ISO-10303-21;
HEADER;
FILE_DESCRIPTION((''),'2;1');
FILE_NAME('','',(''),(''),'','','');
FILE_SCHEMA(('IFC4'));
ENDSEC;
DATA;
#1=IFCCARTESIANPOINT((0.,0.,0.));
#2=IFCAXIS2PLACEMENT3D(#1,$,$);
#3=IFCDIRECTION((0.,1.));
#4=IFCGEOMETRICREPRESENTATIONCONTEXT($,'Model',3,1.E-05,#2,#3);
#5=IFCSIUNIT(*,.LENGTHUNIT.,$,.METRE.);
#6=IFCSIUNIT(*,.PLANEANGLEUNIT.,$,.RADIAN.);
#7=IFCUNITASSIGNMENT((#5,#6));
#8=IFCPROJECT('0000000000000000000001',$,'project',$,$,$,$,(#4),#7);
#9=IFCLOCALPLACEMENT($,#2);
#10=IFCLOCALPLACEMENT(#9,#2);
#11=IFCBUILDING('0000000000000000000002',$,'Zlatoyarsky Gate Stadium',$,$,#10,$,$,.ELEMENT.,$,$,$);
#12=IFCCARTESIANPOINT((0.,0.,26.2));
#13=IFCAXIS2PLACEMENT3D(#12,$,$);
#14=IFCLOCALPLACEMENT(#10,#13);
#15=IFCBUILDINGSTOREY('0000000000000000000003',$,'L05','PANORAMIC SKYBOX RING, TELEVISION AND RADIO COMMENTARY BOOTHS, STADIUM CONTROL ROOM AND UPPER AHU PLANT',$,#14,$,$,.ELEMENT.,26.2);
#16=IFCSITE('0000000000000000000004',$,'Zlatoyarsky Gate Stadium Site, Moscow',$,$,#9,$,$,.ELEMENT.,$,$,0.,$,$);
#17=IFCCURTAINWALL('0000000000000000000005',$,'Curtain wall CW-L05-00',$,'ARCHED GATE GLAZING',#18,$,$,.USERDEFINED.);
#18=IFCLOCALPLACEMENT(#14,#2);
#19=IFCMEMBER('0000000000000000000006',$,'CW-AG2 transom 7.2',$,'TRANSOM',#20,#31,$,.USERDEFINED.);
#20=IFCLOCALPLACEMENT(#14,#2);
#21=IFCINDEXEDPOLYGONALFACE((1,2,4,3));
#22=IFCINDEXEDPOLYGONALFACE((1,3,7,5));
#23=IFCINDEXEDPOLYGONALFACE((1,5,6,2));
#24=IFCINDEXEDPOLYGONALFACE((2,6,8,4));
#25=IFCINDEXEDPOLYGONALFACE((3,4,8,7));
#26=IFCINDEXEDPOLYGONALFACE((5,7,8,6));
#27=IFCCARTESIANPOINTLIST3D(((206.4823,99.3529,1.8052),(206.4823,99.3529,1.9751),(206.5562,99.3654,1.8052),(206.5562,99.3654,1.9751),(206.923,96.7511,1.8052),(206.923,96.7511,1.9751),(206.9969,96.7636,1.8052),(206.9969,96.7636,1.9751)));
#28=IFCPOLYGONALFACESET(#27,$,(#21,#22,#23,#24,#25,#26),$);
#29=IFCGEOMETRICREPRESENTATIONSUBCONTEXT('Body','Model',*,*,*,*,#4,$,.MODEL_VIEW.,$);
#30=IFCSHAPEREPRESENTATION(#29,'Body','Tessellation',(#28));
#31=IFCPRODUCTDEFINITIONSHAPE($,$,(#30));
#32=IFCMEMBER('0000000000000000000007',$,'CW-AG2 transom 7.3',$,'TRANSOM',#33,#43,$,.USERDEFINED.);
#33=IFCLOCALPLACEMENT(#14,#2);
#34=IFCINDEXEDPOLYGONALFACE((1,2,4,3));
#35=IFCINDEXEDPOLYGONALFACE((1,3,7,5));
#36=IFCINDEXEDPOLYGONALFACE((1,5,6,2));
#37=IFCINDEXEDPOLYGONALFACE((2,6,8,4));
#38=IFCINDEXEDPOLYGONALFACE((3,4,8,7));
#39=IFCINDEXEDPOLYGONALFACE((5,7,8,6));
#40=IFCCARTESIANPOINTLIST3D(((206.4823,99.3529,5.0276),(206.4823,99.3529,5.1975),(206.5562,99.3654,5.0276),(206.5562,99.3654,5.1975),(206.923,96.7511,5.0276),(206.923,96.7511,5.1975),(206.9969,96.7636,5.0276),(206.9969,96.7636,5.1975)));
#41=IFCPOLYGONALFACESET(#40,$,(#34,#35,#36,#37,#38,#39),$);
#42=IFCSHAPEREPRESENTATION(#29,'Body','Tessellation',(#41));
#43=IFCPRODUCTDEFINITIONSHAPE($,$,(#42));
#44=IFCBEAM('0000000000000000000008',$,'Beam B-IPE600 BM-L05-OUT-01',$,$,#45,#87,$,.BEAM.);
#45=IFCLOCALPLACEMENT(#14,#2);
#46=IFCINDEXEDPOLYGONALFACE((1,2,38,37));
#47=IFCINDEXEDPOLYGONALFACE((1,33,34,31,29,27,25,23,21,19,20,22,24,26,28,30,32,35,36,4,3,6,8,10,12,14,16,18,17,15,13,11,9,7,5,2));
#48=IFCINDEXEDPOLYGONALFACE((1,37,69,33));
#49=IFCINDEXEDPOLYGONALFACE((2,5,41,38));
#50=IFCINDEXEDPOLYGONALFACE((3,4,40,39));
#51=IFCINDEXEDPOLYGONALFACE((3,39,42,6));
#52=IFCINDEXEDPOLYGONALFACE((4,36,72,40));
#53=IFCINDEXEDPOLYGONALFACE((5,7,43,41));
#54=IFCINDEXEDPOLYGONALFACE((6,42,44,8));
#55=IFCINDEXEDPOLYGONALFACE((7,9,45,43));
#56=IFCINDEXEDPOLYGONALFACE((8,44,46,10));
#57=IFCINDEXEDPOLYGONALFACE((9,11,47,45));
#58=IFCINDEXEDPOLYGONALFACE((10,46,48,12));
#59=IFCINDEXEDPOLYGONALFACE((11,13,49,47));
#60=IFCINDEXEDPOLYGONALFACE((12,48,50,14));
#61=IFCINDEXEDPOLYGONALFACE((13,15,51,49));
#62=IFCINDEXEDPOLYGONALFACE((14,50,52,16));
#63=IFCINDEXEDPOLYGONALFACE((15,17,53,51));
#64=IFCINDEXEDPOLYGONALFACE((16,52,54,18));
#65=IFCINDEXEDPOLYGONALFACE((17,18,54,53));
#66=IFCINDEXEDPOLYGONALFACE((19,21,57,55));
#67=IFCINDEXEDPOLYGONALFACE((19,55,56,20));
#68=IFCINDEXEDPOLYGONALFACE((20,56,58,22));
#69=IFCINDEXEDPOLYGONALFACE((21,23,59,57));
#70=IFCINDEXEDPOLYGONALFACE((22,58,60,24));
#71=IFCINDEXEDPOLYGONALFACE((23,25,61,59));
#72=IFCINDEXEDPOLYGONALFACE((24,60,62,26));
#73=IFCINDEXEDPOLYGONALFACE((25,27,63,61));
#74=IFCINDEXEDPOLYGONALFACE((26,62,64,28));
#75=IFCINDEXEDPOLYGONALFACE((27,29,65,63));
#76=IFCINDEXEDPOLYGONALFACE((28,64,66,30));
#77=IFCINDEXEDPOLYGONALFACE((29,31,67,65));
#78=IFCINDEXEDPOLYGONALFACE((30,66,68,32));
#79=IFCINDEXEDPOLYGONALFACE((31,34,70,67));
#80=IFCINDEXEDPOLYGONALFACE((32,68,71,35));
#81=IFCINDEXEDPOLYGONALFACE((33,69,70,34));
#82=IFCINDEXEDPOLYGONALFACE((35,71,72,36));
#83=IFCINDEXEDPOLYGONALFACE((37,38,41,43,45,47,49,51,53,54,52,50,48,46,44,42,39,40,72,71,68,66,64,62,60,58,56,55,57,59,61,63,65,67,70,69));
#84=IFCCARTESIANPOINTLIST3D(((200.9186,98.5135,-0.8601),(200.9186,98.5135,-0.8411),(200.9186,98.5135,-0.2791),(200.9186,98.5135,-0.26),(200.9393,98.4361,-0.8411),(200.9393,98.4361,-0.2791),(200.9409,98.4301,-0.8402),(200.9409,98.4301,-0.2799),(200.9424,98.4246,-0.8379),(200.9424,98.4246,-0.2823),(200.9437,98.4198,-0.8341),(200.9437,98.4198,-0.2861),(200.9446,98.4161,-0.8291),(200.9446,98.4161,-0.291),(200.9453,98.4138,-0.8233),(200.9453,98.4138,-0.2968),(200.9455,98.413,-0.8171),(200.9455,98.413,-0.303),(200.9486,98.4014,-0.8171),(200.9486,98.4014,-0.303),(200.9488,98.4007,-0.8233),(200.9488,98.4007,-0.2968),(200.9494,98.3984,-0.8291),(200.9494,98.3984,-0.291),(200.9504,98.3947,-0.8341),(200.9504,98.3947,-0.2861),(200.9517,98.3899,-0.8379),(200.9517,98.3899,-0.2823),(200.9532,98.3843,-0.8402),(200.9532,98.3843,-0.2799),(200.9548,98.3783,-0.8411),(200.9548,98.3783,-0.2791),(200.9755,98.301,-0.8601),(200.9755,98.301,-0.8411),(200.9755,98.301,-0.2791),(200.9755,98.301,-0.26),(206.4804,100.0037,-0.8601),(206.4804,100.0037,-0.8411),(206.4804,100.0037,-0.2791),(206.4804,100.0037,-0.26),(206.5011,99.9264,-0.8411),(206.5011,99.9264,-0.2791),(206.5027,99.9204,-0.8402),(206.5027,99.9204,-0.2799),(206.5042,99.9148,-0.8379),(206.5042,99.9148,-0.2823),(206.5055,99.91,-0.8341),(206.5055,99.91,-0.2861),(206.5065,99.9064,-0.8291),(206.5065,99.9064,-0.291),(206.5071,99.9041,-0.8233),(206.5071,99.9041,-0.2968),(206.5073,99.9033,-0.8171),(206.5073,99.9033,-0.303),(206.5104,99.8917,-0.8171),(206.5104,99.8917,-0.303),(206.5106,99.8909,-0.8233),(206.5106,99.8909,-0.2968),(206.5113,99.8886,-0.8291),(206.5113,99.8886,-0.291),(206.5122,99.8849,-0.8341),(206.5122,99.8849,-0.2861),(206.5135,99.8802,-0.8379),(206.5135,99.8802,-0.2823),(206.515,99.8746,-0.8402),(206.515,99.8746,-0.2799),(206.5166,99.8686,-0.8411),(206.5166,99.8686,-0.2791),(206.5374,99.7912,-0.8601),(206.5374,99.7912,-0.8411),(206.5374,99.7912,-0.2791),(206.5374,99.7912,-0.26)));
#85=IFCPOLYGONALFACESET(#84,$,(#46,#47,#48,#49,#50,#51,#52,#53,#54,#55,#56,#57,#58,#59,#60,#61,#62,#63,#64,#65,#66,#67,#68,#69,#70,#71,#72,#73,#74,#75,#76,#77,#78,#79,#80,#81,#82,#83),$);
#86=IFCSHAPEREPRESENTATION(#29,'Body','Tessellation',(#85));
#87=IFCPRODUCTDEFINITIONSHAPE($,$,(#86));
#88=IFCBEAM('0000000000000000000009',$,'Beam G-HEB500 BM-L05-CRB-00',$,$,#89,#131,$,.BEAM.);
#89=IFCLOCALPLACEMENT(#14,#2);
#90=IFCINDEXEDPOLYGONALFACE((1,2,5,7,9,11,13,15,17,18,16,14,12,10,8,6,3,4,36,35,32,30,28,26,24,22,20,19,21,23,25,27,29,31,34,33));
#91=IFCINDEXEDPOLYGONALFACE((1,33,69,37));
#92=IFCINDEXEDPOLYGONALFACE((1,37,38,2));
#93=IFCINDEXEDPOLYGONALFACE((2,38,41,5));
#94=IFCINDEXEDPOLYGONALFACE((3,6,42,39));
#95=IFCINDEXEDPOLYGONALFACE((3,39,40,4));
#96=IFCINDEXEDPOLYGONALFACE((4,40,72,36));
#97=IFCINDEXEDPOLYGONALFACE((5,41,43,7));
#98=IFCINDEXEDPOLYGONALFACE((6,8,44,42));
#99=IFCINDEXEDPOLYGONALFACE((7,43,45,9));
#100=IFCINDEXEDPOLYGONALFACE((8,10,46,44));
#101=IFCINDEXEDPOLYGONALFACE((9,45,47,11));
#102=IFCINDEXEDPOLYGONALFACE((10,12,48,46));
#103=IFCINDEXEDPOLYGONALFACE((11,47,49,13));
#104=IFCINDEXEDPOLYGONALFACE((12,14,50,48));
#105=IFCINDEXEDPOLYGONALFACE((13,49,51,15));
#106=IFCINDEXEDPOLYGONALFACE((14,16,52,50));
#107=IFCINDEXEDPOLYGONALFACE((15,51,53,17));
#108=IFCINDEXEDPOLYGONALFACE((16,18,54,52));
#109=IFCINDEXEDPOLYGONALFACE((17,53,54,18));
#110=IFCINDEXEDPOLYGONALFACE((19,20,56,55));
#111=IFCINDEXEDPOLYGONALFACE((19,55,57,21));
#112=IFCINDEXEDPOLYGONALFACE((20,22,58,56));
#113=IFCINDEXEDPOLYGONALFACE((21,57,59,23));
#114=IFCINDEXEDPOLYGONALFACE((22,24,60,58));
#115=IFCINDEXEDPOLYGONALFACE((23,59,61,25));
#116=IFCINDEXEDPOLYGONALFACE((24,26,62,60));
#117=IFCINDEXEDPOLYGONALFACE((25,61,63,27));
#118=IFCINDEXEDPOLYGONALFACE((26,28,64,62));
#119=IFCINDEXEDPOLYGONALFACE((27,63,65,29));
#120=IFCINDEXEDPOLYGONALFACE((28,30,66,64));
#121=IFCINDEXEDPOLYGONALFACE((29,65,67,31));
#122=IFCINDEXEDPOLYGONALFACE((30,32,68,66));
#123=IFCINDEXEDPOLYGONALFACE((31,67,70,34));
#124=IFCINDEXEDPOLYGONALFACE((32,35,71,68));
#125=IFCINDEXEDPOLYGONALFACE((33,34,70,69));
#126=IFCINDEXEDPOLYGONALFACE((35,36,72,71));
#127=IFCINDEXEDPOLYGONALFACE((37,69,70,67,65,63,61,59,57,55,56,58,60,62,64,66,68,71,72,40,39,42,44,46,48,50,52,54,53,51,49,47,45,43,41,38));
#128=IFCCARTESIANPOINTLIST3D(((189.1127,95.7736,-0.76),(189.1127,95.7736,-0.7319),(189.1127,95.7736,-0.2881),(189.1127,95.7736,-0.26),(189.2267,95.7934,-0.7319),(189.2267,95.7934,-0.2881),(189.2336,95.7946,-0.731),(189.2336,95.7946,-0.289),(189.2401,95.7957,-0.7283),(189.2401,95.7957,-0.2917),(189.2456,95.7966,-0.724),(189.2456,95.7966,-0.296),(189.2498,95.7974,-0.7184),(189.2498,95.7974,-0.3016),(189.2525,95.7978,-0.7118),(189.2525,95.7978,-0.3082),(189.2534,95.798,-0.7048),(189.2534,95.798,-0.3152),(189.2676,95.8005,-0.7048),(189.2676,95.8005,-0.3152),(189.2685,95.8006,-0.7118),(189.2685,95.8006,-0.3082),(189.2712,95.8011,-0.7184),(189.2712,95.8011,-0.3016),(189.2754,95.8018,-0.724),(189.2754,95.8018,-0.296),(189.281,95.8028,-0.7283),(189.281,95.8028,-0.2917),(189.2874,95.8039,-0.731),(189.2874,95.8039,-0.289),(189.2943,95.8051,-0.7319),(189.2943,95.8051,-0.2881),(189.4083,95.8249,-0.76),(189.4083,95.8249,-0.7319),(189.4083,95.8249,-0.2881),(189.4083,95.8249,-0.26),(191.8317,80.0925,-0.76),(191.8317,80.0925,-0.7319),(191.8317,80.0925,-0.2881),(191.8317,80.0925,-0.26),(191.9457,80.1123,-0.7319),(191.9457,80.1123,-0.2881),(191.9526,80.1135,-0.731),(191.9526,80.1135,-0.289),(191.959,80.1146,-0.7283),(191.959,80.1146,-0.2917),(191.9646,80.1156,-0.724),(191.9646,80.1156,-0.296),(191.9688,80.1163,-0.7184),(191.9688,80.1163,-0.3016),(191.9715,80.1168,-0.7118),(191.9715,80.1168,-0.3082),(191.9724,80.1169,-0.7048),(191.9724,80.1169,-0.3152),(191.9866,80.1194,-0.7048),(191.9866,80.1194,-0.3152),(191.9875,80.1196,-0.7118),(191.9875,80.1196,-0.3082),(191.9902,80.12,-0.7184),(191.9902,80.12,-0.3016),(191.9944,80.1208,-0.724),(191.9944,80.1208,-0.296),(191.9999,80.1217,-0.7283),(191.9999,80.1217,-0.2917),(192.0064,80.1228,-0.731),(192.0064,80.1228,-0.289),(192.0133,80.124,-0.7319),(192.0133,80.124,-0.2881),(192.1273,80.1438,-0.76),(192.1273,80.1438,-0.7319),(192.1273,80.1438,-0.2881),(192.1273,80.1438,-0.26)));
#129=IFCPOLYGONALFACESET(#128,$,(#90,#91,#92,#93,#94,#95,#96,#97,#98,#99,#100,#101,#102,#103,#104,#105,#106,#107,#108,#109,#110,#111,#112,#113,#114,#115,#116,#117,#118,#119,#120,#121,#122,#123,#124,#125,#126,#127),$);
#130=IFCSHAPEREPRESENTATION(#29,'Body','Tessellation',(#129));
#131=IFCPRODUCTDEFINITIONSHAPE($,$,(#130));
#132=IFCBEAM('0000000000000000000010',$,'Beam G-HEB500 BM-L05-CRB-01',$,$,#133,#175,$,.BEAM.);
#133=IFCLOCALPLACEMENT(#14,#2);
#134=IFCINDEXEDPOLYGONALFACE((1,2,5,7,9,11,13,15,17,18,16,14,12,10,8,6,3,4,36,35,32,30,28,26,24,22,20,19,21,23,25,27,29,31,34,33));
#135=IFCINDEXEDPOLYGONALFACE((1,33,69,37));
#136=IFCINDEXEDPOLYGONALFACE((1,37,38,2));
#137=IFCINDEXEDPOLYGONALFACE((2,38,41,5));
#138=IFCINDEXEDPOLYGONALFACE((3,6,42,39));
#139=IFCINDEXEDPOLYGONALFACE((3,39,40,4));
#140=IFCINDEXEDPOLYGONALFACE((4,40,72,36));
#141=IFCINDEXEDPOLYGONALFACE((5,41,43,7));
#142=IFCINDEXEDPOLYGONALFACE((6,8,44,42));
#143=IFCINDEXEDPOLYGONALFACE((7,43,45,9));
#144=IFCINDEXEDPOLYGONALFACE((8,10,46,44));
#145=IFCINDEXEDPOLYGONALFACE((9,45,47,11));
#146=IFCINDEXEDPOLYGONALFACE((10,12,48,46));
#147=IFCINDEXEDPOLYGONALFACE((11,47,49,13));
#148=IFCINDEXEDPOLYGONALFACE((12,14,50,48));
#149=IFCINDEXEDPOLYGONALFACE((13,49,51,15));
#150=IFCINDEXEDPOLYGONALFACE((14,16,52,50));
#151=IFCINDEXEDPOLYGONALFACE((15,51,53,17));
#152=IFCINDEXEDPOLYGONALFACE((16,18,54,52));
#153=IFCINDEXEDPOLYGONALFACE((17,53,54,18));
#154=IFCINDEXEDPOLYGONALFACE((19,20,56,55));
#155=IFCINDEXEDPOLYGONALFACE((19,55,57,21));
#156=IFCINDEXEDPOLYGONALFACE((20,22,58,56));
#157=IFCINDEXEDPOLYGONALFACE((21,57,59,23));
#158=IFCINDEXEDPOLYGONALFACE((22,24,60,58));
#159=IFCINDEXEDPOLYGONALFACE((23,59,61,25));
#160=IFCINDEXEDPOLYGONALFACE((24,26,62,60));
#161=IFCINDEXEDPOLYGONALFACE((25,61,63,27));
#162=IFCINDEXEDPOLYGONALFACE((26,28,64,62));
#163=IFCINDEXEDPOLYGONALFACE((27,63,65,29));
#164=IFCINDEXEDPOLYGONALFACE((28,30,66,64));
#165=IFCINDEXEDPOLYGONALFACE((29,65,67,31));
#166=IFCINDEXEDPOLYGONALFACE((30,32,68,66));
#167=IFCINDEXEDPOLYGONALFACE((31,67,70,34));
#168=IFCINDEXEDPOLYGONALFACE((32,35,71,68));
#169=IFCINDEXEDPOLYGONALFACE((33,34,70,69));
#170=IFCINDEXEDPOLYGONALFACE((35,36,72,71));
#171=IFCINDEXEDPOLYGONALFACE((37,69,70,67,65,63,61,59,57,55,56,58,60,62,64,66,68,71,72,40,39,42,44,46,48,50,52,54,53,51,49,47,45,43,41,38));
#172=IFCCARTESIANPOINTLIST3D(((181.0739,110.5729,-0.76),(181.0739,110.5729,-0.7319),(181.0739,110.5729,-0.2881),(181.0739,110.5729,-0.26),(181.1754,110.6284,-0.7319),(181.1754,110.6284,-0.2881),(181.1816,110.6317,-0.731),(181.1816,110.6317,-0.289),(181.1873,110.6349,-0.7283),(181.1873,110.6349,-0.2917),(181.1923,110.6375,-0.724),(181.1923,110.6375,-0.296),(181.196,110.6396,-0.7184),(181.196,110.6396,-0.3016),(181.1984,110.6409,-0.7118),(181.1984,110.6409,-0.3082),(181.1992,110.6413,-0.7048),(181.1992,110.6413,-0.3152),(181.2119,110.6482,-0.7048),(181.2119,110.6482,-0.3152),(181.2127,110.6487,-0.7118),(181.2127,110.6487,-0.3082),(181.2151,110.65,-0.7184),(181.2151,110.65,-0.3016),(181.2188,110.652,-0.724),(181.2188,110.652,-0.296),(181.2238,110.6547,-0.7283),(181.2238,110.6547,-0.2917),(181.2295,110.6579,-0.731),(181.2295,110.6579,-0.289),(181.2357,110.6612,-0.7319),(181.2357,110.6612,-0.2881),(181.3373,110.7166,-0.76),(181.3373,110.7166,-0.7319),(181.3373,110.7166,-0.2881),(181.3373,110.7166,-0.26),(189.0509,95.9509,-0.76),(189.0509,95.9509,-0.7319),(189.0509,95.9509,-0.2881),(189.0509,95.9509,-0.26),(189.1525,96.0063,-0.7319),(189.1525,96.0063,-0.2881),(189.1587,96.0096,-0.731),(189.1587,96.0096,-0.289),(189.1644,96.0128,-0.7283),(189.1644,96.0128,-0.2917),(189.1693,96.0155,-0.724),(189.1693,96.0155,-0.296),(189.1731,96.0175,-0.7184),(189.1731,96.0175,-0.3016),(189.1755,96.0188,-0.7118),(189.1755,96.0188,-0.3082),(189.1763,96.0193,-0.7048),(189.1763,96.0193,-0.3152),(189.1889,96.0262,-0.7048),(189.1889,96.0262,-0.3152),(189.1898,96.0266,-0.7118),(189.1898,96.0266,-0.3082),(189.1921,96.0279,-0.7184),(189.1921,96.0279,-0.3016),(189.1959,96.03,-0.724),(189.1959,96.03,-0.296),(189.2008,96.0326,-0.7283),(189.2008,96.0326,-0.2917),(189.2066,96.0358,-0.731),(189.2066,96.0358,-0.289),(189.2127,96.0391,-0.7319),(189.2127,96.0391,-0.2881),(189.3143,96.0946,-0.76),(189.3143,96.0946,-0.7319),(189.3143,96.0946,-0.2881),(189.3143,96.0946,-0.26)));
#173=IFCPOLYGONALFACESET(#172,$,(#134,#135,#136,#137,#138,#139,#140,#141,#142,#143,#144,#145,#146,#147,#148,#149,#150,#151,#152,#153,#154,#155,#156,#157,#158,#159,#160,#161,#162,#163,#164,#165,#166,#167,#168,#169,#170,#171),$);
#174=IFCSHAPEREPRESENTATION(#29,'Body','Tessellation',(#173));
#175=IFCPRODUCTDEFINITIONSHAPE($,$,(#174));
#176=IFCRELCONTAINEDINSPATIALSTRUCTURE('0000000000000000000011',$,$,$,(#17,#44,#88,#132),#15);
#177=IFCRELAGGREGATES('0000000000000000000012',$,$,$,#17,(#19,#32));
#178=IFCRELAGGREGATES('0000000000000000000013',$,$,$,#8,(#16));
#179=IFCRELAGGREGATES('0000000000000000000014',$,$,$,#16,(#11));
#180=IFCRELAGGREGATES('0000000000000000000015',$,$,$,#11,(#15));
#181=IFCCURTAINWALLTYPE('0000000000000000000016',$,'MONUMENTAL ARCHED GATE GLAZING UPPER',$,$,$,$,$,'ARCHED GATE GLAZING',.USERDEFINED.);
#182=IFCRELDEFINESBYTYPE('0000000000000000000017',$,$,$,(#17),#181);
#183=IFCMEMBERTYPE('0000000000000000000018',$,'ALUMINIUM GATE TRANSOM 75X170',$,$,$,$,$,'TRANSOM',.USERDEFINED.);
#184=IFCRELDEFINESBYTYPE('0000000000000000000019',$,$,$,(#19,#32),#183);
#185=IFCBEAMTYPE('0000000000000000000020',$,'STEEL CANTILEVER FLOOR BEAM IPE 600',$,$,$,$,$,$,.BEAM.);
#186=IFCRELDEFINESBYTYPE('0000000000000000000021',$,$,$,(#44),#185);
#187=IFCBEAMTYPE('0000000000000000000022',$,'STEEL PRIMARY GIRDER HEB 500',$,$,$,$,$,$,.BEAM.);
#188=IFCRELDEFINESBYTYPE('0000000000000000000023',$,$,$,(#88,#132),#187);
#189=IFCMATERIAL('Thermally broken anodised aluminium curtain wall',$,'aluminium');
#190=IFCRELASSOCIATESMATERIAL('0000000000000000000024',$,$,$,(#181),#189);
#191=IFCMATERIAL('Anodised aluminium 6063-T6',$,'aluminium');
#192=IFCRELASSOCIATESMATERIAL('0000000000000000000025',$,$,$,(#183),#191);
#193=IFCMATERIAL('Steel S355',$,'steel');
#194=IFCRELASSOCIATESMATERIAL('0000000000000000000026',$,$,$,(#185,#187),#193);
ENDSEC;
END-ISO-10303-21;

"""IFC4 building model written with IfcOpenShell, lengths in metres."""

from ifc_helpers import new_model, si_unit, direction, frame, origin, origin_2d, place, context, subcontext, project, spatial, rectangle, i_section, extrude, material, material_profile, profile_set, type_object, element, aggregate, save


model = new_model("IFC4")

# Units and contexts
model_context = context("Model", 3, precision=1e-05, world=origin(), true_north=direction((0.0, 1.0)))
body_context = subcontext(model_context, "Body", "Model", "MODEL_VIEW")
ifc_project = project(units=[si_unit("LENGTHUNIT", "METRE"), si_unit("PLANEANGLEUNIT", "RADIAN")], contexts=[model_context])

# Site, building, storey
site_placement = place(None, origin())
site = spatial("IfcSite", under=ifc_project, at=site_placement, Name="Zlatoyarsky Gate Stadium Site, Moscow", CompositionType="ELEMENT", RefElevation=0.0)
building_placement = place(site_placement, origin())
building = spatial("IfcBuilding", under=site, at=building_placement, Name="Zlatoyarsky Gate Stadium", CompositionType="ELEMENT")
storey_placement = place(building_placement, frame((0.0, 0.0, 26.2)))
storey = spatial("IfcBuildingStorey", under=building, at=storey_placement, Name="L05", Description="PANORAMIC SKYBOX RING, TELEVISION AND RADIO COMMENTARY BOOTHS, STADIUM CONTROL ROOM AND UPPER AHU PLANT", CompositionType="ELEMENT", Elevation=26.2)

# Shared definitions
ifc_material_1 = material(Name="Steel S355", Category="steel")

# Curtain wall, members
ifc_material_2 = material(Name="Thermally broken anodised aluminium curtain wall", Category="aluminium")
curtain_wall_type = type_object("IfcCurtainWallType", Name="MONUMENTAL ARCHED GATE GLAZING UPPER", ElementType="ARCHED GATE GLAZING", PredefinedType="USERDEFINED", material=ifc_material_2)
curtain_wall_placement = place(storey_placement, origin())
curtain_wall = element("IfcCurtainWall", 1, at=curtain_wall_placement, inside=storey, type_object=curtain_wall_type, Name="Curtain wall CW-L05-00", ObjectType="ARCHED GATE GLAZING", PredefinedType="USERDEFINED")
ifc_material_3 = material(Name="Anodised aluminium 6063-T6", Category="aluminium")
ifc_material_profile_1 = material_profile(ifc_material_3, rectangle(XDim=0.075, YDim=0.1699, at=origin_2d()), Name="ALU 75X170")
ifc_profile_set_1 = profile_set([ifc_material_profile_1], Name="Anodised aluminium 6063-T6")
member_type_1 = type_object("IfcMemberType", Name="ALUMINIUM GATE TRANSOM 75X170", ElementType="TRANSOM", PredefinedType="USERDEFINED", material=ifc_profile_set_1)
member_1_placement = place(storey_placement, frame((206.96, 96.7573, 1.8901), z_axis=(-0.166994, 0.985958, 0.0), x_axis=(-0.985958, -0.166994, 0.0)))
member_1 = element("IfcMember", 2, at=member_1_placement, type_object=member_type_1, Name="CW-AG2 transom 7.2", ObjectType="TRANSOM", PredefinedType="USERDEFINED", context=body_context, shape_type="SweptSolid", body=[
    extrude(rectangle(XDim=0.075, YDim=0.1699, at=origin_2d()), origin(), (0.0, 0.0, 1.0), 2.6389),
])
member_2_placement = place(storey_placement, frame((206.96, 96.7573, 5.1125), z_axis=(-0.166994, 0.985958, 0.0), x_axis=(-0.985958, -0.166994, 0.0)))
member_2 = element("IfcMember", 3, at=member_2_placement, type_object=member_type_1, Name="CW-AG2 transom 7.3", ObjectType="TRANSOM", PredefinedType="USERDEFINED", context=body_context, shape_type="SweptSolid", body=[
    extrude(rectangle(XDim=0.075, YDim=0.1699, at=origin_2d()), origin(), (0.0, 0.0, 1.0), 2.6389),
])

# Beams
ifc_material_profile_2 = material_profile(ifc_material_1, i_section(OverallWidth=0.22, OverallDepth=0.6001, WebThickness=0.012, FlangeThickness=0.019, FilletRadius=0.0239, at=origin_2d()), Name="IPE 600")
ifc_profile_set_2 = profile_set([ifc_material_profile_2], Name="Steel S355")
beam_type_1 = type_object("IfcBeamType", Name="STEEL CANTILEVER FLOOR BEAM IPE 600", PredefinedType="BEAM", material=ifc_profile_set_2)
beam_1_placement = place(storey_placement, frame((200.947, 98.4072, -0.5601), z_axis=(0.965927, 0.258813, 0.0), x_axis=(-0.258813, 0.965927, 0.0)))
element("IfcBeam", 4, at=beam_1_placement, inside=storey, type_object=beam_type_1, Name="Beam B-IPE600 BM-L05-OUT-01", PredefinedType="BEAM", context=body_context, shape_type="SweptSolid", body=[
    extrude(i_section(OverallWidth=0.22, OverallDepth=0.6001, WebThickness=0.012, FlangeThickness=0.019, FilletRadius=0.0239, at=origin_2d()), origin(), (0.0, 0.0, 1.0), 5.7581),
])
ifc_material_profile_3 = material_profile(ifc_material_1, i_section(OverallWidth=0.3, OverallDepth=0.5, WebThickness=0.0144, FlangeThickness=0.0281, FilletRadius=0.0271, at=origin_2d()), Name="HEB 500")
ifc_profile_set_3 = profile_set([ifc_material_profile_3], Name="Steel S355")
beam_type_2 = type_object("IfcBeamType", Name="STEEL PRIMARY GIRDER HEB 500", PredefinedType="BEAM", material=ifc_profile_set_3)
beam_2_placement = place(storey_placement, frame((191.9795, 80.1182, -0.51), z_axis=(-0.170843, 0.985298, 0.0), x_axis=(-0.985298, -0.170843, 0.0)))
element("IfcBeam", 5, at=beam_2_placement, inside=storey, type_object=beam_type_2, Name="Beam G-HEB500 BM-L05-CRB-00", PredefinedType="BEAM", context=body_context, shape_type="SweptSolid", body=[
    extrude(i_section(OverallWidth=0.3, OverallDepth=0.5, WebThickness=0.0144, FlangeThickness=0.0281, FilletRadius=0.0271, at=origin_2d()), origin(), (0.0, 0.0, 1.0), 15.915),
])
beam_3_placement = place(storey_placement, frame((189.1826, 96.0227, -0.51), z_axis=(-0.478916, 0.877861, 0.0), x_axis=(-0.877861, -0.478916, 0.0)))
element("IfcBeam", 6, at=beam_3_placement, inside=storey, type_object=beam_type_2, Name="Beam G-HEB500 BM-L05-CRB-01", PredefinedType="BEAM", context=body_context, shape_type="SweptSolid", body=[
    extrude(i_section(OverallWidth=0.3, OverallDepth=0.5, WebThickness=0.0144, FlangeThickness=0.0281, FilletRadius=0.0271, at=origin_2d()), origin(), (0.0, 0.0, 1.0), 16.6565),
])

aggregate(curtain_wall, [member_1, member_2])

save(model, "model.ifc")
